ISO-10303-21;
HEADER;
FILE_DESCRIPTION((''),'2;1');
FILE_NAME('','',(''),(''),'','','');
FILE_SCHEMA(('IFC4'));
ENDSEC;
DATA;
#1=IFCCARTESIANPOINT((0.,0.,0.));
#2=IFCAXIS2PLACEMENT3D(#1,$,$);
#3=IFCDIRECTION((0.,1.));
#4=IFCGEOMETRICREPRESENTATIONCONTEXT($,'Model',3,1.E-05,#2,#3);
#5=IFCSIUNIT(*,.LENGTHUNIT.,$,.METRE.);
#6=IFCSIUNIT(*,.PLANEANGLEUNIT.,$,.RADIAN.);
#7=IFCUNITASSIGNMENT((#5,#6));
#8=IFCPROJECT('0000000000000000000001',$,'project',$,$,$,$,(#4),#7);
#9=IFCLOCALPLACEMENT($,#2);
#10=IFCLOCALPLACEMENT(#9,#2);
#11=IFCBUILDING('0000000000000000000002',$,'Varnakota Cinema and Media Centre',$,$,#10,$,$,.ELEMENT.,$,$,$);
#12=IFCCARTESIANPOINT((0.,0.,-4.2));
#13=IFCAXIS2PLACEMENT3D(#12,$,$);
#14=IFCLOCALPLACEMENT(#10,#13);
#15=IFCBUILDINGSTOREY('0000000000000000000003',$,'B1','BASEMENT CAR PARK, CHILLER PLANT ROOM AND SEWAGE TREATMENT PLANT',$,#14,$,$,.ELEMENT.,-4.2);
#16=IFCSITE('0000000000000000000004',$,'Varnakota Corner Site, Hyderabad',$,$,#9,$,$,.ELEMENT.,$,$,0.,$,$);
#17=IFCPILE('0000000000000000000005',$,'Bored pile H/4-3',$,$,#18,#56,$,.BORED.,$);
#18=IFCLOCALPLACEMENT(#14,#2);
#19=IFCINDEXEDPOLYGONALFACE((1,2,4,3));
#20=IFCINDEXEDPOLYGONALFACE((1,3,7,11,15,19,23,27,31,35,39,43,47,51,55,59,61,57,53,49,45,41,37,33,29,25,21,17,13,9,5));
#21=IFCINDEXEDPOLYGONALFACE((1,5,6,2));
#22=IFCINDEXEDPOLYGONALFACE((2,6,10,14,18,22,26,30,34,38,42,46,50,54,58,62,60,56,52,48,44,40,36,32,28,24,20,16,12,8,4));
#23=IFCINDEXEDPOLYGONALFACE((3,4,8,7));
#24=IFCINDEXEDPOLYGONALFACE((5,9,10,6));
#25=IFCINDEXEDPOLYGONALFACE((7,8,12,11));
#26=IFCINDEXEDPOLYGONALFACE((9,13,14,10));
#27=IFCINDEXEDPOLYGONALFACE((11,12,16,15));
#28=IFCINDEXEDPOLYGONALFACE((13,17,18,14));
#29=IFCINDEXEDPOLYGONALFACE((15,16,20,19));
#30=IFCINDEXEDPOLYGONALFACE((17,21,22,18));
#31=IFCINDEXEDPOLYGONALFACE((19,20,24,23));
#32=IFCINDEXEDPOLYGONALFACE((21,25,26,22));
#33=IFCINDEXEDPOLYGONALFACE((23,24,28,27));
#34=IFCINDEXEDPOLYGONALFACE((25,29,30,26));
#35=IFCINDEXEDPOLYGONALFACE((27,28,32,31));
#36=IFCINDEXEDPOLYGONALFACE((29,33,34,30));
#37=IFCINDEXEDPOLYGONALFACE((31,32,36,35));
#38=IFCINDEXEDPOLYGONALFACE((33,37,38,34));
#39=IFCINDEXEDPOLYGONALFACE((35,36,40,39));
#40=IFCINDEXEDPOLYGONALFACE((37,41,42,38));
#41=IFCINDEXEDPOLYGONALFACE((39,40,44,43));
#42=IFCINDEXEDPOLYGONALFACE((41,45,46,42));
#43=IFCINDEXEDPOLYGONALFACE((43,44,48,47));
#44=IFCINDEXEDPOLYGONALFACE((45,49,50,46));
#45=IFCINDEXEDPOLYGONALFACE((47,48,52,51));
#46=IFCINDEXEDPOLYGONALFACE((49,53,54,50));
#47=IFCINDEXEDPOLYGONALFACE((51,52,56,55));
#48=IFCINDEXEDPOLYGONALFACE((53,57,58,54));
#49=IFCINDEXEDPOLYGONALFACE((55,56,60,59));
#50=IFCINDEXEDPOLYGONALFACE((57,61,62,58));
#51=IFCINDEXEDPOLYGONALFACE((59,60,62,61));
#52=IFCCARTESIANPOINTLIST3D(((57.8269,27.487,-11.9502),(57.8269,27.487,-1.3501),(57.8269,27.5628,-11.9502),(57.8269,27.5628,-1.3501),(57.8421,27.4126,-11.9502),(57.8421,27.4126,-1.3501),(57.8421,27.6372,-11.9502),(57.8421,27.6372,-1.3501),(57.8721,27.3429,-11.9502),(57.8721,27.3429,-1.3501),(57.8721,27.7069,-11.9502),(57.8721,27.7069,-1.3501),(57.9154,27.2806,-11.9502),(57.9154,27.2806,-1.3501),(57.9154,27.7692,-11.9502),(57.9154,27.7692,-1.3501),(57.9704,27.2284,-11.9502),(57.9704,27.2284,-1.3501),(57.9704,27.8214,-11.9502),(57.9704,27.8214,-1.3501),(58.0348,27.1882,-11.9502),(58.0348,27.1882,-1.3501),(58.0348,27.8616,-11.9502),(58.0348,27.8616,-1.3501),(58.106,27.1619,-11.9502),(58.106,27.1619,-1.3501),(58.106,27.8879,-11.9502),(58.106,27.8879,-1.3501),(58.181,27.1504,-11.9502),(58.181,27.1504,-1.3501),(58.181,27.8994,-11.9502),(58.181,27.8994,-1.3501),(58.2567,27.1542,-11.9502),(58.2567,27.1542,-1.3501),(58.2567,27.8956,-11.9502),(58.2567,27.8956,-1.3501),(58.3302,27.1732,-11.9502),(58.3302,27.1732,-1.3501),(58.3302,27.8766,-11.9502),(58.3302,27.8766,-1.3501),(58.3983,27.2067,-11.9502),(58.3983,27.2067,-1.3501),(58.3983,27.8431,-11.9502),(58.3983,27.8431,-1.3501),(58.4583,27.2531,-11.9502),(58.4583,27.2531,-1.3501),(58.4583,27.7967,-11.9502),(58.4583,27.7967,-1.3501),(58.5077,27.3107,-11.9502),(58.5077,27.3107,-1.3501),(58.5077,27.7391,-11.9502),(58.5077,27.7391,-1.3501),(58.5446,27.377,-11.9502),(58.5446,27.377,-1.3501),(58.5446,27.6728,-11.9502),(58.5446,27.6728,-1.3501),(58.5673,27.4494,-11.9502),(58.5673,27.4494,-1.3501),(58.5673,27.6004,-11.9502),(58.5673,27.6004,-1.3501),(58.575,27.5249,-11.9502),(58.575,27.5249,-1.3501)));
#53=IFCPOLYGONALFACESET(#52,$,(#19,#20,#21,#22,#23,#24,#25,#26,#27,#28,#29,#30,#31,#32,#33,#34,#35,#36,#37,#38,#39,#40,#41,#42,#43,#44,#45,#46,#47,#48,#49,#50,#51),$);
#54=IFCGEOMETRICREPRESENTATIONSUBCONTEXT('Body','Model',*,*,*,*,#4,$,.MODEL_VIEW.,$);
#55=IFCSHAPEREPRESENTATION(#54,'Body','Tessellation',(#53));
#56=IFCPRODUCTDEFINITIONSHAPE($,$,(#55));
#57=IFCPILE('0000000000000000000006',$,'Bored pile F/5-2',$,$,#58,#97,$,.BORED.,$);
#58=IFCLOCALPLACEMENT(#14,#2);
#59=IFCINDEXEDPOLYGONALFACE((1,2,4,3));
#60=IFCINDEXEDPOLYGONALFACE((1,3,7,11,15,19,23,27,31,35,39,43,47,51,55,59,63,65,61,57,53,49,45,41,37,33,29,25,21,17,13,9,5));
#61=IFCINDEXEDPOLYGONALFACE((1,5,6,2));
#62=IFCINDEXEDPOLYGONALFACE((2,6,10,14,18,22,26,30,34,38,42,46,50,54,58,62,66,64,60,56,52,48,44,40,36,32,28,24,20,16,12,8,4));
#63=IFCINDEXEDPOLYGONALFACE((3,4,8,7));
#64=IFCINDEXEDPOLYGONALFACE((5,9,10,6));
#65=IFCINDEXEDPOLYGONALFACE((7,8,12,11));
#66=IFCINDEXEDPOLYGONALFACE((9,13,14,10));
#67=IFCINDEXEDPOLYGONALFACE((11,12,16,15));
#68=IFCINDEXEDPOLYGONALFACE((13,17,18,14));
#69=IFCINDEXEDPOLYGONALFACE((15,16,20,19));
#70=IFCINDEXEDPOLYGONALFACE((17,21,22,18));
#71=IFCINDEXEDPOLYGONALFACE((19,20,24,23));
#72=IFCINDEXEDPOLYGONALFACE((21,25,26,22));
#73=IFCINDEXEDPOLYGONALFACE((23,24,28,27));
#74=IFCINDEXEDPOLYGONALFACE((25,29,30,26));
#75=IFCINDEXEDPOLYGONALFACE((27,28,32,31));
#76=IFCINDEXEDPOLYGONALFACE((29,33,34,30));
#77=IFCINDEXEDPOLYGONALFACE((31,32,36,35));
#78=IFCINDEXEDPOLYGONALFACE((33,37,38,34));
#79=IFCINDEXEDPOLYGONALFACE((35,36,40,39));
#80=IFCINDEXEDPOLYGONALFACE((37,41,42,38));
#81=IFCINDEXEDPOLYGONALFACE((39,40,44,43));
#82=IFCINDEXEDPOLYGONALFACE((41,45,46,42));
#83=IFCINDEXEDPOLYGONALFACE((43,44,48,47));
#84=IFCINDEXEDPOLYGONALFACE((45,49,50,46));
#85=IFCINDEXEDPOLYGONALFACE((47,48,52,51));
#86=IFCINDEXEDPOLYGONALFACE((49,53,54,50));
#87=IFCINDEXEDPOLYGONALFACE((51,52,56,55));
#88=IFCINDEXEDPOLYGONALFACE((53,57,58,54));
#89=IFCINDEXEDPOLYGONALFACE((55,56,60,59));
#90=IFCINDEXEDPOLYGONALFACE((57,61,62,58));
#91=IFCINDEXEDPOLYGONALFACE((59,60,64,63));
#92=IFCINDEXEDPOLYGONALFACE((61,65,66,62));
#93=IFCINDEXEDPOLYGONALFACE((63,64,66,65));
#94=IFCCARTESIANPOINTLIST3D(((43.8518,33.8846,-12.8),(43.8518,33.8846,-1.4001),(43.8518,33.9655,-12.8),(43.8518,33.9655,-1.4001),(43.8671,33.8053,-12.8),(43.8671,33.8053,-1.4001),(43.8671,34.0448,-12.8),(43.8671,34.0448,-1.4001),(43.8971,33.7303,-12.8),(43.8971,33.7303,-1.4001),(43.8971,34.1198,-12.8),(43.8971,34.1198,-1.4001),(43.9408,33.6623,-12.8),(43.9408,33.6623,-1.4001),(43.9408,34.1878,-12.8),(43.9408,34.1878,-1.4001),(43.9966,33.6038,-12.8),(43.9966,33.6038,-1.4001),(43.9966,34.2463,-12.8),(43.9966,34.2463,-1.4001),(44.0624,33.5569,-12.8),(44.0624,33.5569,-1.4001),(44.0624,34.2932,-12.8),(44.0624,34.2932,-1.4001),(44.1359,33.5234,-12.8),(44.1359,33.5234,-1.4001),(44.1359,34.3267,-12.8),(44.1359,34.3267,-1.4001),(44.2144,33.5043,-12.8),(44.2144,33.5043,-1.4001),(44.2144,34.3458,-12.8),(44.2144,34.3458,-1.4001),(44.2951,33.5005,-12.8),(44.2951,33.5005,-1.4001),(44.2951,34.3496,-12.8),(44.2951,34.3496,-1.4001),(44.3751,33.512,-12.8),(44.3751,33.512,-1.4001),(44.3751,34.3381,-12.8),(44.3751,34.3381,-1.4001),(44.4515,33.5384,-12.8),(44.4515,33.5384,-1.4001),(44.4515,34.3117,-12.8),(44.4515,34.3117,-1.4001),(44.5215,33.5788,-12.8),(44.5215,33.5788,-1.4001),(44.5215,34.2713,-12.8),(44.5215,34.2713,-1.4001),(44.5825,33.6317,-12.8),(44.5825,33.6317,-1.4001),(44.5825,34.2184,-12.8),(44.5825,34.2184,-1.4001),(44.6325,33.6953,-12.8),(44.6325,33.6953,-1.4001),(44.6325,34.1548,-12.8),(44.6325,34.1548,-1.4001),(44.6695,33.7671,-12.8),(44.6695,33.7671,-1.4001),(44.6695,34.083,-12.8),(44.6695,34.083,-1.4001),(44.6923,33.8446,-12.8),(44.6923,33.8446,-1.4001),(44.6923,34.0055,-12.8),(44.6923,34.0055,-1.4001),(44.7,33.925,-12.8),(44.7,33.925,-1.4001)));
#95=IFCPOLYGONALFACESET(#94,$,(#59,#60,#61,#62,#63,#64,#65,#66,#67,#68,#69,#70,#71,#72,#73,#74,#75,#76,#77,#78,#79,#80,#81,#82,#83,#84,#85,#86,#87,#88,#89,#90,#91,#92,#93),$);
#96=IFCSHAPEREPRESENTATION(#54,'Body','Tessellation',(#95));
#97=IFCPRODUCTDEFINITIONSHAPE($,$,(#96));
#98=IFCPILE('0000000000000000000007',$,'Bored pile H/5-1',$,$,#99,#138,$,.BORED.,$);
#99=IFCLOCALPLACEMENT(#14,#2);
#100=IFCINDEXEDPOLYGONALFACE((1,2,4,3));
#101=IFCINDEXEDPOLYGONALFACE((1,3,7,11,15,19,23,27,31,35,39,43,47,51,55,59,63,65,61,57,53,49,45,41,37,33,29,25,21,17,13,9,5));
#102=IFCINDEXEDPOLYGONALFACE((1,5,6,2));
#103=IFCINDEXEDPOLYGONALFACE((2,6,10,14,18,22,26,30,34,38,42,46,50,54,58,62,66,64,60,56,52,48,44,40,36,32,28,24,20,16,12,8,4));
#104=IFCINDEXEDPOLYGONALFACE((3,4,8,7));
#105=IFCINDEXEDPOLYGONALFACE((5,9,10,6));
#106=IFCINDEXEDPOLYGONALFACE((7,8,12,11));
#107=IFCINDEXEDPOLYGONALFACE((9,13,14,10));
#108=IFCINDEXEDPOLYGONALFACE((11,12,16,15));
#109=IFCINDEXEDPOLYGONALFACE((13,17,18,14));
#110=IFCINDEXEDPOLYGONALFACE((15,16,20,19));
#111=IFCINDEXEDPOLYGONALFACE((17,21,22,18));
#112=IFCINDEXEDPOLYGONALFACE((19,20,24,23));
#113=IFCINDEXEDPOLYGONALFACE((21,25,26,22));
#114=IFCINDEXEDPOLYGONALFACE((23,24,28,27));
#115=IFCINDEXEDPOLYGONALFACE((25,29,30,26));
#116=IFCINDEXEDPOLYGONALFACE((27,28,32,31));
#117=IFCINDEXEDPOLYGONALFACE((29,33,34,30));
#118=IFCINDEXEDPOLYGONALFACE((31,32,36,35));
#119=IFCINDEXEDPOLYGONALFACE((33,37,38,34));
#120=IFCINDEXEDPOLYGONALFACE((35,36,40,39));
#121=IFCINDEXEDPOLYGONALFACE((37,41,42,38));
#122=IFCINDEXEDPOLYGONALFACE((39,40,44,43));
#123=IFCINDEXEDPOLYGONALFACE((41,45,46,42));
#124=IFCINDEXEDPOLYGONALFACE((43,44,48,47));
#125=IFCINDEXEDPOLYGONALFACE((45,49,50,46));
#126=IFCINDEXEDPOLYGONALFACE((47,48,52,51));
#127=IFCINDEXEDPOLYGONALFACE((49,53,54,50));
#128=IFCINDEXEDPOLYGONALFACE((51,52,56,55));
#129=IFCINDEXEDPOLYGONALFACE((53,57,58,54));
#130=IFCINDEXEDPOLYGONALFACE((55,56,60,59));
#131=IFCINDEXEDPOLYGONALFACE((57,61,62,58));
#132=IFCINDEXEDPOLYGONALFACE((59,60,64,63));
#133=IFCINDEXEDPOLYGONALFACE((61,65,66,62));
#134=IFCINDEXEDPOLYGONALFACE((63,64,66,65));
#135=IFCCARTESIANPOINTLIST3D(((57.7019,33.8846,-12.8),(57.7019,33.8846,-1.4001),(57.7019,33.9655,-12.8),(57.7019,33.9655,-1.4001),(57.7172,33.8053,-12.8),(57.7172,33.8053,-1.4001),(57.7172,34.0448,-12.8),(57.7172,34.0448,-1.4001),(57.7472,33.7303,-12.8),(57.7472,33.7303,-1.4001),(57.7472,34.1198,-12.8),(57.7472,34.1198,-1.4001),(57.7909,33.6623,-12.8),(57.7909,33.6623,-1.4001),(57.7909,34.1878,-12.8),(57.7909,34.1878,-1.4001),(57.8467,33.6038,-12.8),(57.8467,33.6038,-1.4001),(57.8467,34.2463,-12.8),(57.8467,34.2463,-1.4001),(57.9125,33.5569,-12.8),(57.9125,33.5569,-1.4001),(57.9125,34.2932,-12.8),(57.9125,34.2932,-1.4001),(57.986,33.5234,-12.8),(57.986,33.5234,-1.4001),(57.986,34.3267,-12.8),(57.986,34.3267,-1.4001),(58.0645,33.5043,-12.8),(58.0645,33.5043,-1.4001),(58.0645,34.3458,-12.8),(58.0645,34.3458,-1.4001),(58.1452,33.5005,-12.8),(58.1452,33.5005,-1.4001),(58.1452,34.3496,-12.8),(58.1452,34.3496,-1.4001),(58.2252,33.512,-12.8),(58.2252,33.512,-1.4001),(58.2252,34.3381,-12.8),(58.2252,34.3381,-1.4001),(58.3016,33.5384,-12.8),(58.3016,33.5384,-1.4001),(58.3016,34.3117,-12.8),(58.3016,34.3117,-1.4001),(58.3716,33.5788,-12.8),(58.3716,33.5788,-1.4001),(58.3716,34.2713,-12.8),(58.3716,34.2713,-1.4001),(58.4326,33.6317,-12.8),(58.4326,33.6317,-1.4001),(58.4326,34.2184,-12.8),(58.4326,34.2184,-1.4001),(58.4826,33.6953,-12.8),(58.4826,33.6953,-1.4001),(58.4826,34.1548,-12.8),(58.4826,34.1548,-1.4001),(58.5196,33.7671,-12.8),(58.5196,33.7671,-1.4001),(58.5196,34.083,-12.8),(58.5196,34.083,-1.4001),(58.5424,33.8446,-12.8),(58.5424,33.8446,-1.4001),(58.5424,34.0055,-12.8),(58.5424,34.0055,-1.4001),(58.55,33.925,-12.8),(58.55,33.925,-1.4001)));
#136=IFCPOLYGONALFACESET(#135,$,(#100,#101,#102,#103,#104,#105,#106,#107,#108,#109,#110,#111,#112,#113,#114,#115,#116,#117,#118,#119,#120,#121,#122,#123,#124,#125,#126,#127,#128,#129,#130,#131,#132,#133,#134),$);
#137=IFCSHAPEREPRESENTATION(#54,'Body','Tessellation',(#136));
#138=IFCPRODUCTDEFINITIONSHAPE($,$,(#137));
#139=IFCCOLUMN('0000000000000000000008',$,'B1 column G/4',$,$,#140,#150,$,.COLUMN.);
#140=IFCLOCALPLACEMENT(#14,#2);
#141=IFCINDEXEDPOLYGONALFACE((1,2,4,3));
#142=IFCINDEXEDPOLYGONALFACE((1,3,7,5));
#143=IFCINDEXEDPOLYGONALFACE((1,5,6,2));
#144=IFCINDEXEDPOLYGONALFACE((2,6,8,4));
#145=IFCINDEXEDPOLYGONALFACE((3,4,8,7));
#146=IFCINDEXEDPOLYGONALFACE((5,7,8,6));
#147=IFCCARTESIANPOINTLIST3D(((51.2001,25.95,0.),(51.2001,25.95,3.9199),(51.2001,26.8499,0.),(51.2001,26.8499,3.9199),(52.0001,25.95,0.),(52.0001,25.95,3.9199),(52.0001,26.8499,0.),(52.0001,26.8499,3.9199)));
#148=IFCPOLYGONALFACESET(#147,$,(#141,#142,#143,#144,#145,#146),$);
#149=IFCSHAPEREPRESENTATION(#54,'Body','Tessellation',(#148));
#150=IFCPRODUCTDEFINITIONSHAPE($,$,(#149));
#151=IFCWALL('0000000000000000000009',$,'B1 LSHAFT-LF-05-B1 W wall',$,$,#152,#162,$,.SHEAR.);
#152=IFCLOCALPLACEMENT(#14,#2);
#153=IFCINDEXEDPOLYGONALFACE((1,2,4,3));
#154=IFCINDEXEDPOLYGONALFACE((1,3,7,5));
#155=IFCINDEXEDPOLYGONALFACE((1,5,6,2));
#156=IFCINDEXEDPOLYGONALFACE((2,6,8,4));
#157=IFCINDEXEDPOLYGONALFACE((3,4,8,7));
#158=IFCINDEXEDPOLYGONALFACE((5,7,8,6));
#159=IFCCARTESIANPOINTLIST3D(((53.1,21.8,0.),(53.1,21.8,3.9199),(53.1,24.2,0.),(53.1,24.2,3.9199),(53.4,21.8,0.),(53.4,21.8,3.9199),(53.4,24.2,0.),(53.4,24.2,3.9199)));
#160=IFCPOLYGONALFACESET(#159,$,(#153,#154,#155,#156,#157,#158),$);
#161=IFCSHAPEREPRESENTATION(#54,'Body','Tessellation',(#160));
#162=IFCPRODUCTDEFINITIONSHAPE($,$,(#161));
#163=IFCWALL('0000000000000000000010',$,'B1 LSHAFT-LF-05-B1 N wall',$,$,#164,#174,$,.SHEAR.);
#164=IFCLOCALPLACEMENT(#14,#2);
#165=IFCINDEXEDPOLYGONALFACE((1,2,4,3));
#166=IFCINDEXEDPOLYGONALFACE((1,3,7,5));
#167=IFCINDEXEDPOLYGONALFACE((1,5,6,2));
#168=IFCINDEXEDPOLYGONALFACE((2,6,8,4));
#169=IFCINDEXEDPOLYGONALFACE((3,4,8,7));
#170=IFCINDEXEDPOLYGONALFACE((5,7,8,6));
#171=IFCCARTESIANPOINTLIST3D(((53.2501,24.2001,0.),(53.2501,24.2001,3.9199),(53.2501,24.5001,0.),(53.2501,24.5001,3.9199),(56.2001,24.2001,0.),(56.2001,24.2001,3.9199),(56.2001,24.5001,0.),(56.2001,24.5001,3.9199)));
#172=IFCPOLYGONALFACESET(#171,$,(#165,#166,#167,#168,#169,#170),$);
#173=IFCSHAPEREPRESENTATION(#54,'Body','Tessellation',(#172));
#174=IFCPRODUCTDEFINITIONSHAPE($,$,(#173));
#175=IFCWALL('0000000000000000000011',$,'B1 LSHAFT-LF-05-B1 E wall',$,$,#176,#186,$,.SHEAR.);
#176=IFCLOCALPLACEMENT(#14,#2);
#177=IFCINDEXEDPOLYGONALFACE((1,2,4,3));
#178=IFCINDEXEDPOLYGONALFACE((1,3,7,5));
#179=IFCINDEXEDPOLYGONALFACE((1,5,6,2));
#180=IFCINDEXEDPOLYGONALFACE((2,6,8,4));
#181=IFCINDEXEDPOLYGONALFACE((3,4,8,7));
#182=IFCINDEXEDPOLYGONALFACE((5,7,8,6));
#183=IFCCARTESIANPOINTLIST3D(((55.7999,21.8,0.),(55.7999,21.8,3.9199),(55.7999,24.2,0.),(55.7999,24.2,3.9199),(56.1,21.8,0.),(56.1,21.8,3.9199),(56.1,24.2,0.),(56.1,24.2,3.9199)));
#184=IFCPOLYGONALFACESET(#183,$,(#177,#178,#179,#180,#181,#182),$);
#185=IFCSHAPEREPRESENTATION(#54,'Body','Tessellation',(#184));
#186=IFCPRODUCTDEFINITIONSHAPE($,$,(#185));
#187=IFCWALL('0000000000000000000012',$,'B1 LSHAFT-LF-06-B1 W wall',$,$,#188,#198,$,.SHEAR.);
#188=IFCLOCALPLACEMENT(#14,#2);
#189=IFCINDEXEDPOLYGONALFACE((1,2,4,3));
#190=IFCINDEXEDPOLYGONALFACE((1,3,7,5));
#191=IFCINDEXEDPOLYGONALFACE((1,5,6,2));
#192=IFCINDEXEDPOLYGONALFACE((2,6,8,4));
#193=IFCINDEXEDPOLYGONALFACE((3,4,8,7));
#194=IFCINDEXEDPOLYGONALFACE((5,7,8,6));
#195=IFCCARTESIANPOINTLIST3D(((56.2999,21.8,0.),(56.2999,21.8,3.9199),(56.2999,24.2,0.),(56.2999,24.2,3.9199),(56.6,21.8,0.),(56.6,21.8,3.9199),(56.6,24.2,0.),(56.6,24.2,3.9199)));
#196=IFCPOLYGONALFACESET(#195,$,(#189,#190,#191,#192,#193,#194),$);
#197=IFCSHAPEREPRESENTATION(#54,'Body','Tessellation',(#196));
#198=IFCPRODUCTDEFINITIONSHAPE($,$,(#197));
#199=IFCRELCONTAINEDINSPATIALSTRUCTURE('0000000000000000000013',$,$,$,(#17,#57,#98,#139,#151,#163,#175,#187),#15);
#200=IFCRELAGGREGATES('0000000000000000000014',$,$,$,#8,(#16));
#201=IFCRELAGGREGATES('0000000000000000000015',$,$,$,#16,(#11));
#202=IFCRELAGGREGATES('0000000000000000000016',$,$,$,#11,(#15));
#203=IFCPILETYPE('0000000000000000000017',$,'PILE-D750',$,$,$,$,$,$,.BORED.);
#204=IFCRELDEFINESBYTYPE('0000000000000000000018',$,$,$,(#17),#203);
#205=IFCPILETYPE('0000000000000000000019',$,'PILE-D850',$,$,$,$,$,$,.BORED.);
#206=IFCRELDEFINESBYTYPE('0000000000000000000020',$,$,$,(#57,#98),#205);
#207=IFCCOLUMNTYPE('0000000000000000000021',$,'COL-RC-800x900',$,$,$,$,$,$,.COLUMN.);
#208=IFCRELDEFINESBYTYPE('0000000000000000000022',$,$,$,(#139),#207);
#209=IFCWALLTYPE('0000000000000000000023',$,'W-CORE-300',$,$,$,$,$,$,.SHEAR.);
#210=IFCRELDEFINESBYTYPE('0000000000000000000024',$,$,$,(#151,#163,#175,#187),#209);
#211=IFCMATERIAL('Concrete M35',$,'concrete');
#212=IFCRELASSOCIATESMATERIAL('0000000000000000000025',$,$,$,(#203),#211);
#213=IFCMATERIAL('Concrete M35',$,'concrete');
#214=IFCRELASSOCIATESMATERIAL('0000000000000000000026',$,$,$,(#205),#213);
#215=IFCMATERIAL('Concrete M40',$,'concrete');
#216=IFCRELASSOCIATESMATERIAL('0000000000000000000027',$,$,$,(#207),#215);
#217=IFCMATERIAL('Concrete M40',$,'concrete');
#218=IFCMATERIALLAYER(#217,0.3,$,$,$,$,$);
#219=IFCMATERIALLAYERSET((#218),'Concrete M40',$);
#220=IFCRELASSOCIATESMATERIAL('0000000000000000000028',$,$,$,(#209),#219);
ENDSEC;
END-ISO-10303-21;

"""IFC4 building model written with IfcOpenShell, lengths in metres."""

from ifc_helpers import new_model, si_unit, direction, frame, frame_2d, origin, origin_2d, place, context, subcontext, project, spatial, rectangle, circle, extrude, material, layer, layer_set, material_profile, profile_set, type_object, element, save


model = new_model("IFC4")

# Units and contexts
model_context = context("Model", 3, precision=1e-05, world=origin(), true_north=direction((0.0, 1.0)))
body_context = subcontext(model_context, "Body", "Model", "MODEL_VIEW")
ifc_project = project(units=[si_unit("LENGTHUNIT", "METRE"), si_unit("PLANEANGLEUNIT", "RADIAN")], contexts=[model_context])

# Site, building, storey
site_placement = place(None, origin())
site = spatial("IfcSite", under=ifc_project, at=site_placement, Name="Varnakota Corner Site, Hyderabad", CompositionType="ELEMENT", RefElevation=0.0)
building_placement = place(site_placement, origin())
building = spatial("IfcBuilding", under=site, at=building_placement, Name="Varnakota Cinema and Media Centre", CompositionType="ELEMENT")
storey_placement = place(building_placement, frame((0.0, 0.0, -4.2)))
storey = spatial("IfcBuildingStorey", under=building, at=storey_placement, Name="B1", Description="BASEMENT CAR PARK, CHILLER PLANT ROOM AND SEWAGE TREATMENT PLANT", CompositionType="ELEMENT", Elevation=-4.2)

# Piles
ifc_material_1 = material(Name="Concrete M35", Category="concrete")
ifc_material_profile_1 = material_profile(ifc_material_1, circle(Radius=0.375, at=origin_2d()), Name="PILE D750")
ifc_profile_set_1 = profile_set([ifc_material_profile_1], Name="Concrete M35")
pile_type_1 = type_object("IfcPileType", Name="PILE-D750", PredefinedType="BORED", material=ifc_profile_set_1)
for number, where, z_axis, x_axis, name in (
    (1, (58.2, 27.5249, -1.3501), (0.0, 0.0, -1.0), (1.0, 0.0, 0.0), "Bored pile H/4-3"),
):
    element("IfcPile", number, at=place(storey_placement, frame(where, z_axis=z_axis, x_axis=x_axis)), inside=storey, type_object=pile_type_1, Name=name, PredefinedType="BORED", context=body_context, shape_type="SweptSolid", body=[
        extrude(circle(Radius=0.375, at=origin_2d()), origin(), (0.0, 0.0, 1.0), 10.6001),
    ])
ifc_material_2 = material(Name="Concrete M35", Category="concrete")
ifc_material_profile_2 = material_profile(ifc_material_2, circle(Radius=0.425, at=origin_2d()), Name="PILE D850")
ifc_profile_set_2 = profile_set([ifc_material_profile_2], Name="Concrete M35")
pile_type_2 = type_object("IfcPileType", Name="PILE-D850", PredefinedType="BORED", material=ifc_profile_set_2)
for number, where, z_axis, x_axis, name in (
    (2, (44.2749, 33.925, -1.4001), (0.0, 0.0, -1.0), (1.0, 0.0, 0.0), "Bored pile F/5-2"),
    (3, (58.125, 33.925, -1.4001), (0.0, 0.0, -1.0), (1.0, 0.0, 0.0), "Bored pile H/5-1"),
):
    element("IfcPile", number, at=place(storey_placement, frame(where, z_axis=z_axis, x_axis=x_axis)), inside=storey, type_object=pile_type_2, Name=name, PredefinedType="BORED", context=body_context, shape_type="SweptSolid", body=[
        extrude(circle(Radius=0.425, at=origin_2d()), origin(), (0.0, 0.0, 1.0), 11.3999),
    ])

# Column
ifc_material_3 = material(Name="Concrete M40", Category="concrete")
ifc_material_profile_3 = material_profile(ifc_material_3, rectangle(XDim=0.8, YDim=0.8999, at=origin_2d()), Name="RC 800x900")
ifc_profile_set_3 = profile_set([ifc_material_profile_3], Name="Concrete M40")
column_type = type_object("IfcColumnType", Name="COL-RC-800x900", PredefinedType="COLUMN", material=ifc_profile_set_3)
column_placement = place(storey_placement, frame((51.6001, 26.3999, 0.0), z_axis=(0.0, 0.0, 1.0), x_axis=(1.0, 0.0, 0.0)))
element("IfcColumn", 4, at=column_placement, inside=storey, type_object=column_type, Name="B1 column G/4", PredefinedType="COLUMN", context=body_context, shape_type="SweptSolid", body=[
    extrude(rectangle(XDim=0.8, YDim=0.8999, at=origin_2d()), origin(), (0.0, 0.0, 1.0), 3.9199),
])

# Shared definitions
ifc_material_4 = material(Name="Concrete M40", Category="concrete")
ifc_layer = layer(ifc_material_4, 0.3)
ifc_layer_set = layer_set([ifc_layer], Name="Concrete M40")
wall_type = type_object("IfcWallType", Name="W-CORE-300", PredefinedType="SHEAR", material=ifc_layer_set)

# Walls
wall_1_placement = place(storey_placement, frame((53.25, 21.8, 0.0), z_axis=(0.0, 0.0, 1.0), x_axis=(0.0, 1.0, 0.0)))
element("IfcWall", 5, at=wall_1_placement, inside=storey, type_object=wall_type, Name="B1 LSHAFT-LF-05-B1 W wall", PredefinedType="SHEAR", context=body_context, shape_type="SweptSolid", body=[
    extrude(rectangle(XDim=2.3999, YDim=0.3, at=frame_2d((1.2, 0.0))), origin(), (0.0, 0.0, 1.0), 3.9199),
])
wall_2_placement = place(storey_placement, frame((53.25, 24.3501, 0.0), z_axis=(0.0, 0.0, 1.0), x_axis=(1.0, 0.0, 0.0)))
element("IfcWall", 6, at=wall_2_placement, inside=storey, type_object=wall_type, Name="B1 LSHAFT-LF-05-B1 N wall", PredefinedType="SHEAR", context=body_context, shape_type="SweptSolid", body=[
    extrude(rectangle(XDim=2.95, YDim=0.3, at=frame_2d((1.4751, 0.0))), origin(), (0.0, 0.0, 1.0), 3.9199),
])
wall_3_placement = place(storey_placement, frame((55.95, 24.2, 0.0), z_axis=(0.0, 0.0, 1.0), x_axis=(0.0, -1.0, 0.0)))
element("IfcWall", 7, at=wall_3_placement, inside=storey, type_object=wall_type, Name="B1 LSHAFT-LF-05-B1 E wall", PredefinedType="SHEAR", context=body_context, shape_type="SweptSolid", body=[
    extrude(rectangle(XDim=2.3999, YDim=0.3, at=frame_2d((1.2, 0.0))), origin(), (0.0, 0.0, 1.0), 3.9199),
])

# Wall
wall_4_placement = place(storey_placement, frame((56.45, 21.8, 0.0), z_axis=(0.0, 0.0, 1.0), x_axis=(0.0, 1.0, 0.0)))
element("IfcWall", 8, at=wall_4_placement, inside=storey, type_object=wall_type, Name="B1 LSHAFT-LF-06-B1 W wall", PredefinedType="SHEAR", context=body_context, shape_type="SweptSolid", body=[
    extrude(rectangle(XDim=2.3999, YDim=0.3, at=frame_2d((1.2, 0.0))), origin(), (0.0, 0.0, 1.0), 3.9199),
])

save(model, "model.ifc")
